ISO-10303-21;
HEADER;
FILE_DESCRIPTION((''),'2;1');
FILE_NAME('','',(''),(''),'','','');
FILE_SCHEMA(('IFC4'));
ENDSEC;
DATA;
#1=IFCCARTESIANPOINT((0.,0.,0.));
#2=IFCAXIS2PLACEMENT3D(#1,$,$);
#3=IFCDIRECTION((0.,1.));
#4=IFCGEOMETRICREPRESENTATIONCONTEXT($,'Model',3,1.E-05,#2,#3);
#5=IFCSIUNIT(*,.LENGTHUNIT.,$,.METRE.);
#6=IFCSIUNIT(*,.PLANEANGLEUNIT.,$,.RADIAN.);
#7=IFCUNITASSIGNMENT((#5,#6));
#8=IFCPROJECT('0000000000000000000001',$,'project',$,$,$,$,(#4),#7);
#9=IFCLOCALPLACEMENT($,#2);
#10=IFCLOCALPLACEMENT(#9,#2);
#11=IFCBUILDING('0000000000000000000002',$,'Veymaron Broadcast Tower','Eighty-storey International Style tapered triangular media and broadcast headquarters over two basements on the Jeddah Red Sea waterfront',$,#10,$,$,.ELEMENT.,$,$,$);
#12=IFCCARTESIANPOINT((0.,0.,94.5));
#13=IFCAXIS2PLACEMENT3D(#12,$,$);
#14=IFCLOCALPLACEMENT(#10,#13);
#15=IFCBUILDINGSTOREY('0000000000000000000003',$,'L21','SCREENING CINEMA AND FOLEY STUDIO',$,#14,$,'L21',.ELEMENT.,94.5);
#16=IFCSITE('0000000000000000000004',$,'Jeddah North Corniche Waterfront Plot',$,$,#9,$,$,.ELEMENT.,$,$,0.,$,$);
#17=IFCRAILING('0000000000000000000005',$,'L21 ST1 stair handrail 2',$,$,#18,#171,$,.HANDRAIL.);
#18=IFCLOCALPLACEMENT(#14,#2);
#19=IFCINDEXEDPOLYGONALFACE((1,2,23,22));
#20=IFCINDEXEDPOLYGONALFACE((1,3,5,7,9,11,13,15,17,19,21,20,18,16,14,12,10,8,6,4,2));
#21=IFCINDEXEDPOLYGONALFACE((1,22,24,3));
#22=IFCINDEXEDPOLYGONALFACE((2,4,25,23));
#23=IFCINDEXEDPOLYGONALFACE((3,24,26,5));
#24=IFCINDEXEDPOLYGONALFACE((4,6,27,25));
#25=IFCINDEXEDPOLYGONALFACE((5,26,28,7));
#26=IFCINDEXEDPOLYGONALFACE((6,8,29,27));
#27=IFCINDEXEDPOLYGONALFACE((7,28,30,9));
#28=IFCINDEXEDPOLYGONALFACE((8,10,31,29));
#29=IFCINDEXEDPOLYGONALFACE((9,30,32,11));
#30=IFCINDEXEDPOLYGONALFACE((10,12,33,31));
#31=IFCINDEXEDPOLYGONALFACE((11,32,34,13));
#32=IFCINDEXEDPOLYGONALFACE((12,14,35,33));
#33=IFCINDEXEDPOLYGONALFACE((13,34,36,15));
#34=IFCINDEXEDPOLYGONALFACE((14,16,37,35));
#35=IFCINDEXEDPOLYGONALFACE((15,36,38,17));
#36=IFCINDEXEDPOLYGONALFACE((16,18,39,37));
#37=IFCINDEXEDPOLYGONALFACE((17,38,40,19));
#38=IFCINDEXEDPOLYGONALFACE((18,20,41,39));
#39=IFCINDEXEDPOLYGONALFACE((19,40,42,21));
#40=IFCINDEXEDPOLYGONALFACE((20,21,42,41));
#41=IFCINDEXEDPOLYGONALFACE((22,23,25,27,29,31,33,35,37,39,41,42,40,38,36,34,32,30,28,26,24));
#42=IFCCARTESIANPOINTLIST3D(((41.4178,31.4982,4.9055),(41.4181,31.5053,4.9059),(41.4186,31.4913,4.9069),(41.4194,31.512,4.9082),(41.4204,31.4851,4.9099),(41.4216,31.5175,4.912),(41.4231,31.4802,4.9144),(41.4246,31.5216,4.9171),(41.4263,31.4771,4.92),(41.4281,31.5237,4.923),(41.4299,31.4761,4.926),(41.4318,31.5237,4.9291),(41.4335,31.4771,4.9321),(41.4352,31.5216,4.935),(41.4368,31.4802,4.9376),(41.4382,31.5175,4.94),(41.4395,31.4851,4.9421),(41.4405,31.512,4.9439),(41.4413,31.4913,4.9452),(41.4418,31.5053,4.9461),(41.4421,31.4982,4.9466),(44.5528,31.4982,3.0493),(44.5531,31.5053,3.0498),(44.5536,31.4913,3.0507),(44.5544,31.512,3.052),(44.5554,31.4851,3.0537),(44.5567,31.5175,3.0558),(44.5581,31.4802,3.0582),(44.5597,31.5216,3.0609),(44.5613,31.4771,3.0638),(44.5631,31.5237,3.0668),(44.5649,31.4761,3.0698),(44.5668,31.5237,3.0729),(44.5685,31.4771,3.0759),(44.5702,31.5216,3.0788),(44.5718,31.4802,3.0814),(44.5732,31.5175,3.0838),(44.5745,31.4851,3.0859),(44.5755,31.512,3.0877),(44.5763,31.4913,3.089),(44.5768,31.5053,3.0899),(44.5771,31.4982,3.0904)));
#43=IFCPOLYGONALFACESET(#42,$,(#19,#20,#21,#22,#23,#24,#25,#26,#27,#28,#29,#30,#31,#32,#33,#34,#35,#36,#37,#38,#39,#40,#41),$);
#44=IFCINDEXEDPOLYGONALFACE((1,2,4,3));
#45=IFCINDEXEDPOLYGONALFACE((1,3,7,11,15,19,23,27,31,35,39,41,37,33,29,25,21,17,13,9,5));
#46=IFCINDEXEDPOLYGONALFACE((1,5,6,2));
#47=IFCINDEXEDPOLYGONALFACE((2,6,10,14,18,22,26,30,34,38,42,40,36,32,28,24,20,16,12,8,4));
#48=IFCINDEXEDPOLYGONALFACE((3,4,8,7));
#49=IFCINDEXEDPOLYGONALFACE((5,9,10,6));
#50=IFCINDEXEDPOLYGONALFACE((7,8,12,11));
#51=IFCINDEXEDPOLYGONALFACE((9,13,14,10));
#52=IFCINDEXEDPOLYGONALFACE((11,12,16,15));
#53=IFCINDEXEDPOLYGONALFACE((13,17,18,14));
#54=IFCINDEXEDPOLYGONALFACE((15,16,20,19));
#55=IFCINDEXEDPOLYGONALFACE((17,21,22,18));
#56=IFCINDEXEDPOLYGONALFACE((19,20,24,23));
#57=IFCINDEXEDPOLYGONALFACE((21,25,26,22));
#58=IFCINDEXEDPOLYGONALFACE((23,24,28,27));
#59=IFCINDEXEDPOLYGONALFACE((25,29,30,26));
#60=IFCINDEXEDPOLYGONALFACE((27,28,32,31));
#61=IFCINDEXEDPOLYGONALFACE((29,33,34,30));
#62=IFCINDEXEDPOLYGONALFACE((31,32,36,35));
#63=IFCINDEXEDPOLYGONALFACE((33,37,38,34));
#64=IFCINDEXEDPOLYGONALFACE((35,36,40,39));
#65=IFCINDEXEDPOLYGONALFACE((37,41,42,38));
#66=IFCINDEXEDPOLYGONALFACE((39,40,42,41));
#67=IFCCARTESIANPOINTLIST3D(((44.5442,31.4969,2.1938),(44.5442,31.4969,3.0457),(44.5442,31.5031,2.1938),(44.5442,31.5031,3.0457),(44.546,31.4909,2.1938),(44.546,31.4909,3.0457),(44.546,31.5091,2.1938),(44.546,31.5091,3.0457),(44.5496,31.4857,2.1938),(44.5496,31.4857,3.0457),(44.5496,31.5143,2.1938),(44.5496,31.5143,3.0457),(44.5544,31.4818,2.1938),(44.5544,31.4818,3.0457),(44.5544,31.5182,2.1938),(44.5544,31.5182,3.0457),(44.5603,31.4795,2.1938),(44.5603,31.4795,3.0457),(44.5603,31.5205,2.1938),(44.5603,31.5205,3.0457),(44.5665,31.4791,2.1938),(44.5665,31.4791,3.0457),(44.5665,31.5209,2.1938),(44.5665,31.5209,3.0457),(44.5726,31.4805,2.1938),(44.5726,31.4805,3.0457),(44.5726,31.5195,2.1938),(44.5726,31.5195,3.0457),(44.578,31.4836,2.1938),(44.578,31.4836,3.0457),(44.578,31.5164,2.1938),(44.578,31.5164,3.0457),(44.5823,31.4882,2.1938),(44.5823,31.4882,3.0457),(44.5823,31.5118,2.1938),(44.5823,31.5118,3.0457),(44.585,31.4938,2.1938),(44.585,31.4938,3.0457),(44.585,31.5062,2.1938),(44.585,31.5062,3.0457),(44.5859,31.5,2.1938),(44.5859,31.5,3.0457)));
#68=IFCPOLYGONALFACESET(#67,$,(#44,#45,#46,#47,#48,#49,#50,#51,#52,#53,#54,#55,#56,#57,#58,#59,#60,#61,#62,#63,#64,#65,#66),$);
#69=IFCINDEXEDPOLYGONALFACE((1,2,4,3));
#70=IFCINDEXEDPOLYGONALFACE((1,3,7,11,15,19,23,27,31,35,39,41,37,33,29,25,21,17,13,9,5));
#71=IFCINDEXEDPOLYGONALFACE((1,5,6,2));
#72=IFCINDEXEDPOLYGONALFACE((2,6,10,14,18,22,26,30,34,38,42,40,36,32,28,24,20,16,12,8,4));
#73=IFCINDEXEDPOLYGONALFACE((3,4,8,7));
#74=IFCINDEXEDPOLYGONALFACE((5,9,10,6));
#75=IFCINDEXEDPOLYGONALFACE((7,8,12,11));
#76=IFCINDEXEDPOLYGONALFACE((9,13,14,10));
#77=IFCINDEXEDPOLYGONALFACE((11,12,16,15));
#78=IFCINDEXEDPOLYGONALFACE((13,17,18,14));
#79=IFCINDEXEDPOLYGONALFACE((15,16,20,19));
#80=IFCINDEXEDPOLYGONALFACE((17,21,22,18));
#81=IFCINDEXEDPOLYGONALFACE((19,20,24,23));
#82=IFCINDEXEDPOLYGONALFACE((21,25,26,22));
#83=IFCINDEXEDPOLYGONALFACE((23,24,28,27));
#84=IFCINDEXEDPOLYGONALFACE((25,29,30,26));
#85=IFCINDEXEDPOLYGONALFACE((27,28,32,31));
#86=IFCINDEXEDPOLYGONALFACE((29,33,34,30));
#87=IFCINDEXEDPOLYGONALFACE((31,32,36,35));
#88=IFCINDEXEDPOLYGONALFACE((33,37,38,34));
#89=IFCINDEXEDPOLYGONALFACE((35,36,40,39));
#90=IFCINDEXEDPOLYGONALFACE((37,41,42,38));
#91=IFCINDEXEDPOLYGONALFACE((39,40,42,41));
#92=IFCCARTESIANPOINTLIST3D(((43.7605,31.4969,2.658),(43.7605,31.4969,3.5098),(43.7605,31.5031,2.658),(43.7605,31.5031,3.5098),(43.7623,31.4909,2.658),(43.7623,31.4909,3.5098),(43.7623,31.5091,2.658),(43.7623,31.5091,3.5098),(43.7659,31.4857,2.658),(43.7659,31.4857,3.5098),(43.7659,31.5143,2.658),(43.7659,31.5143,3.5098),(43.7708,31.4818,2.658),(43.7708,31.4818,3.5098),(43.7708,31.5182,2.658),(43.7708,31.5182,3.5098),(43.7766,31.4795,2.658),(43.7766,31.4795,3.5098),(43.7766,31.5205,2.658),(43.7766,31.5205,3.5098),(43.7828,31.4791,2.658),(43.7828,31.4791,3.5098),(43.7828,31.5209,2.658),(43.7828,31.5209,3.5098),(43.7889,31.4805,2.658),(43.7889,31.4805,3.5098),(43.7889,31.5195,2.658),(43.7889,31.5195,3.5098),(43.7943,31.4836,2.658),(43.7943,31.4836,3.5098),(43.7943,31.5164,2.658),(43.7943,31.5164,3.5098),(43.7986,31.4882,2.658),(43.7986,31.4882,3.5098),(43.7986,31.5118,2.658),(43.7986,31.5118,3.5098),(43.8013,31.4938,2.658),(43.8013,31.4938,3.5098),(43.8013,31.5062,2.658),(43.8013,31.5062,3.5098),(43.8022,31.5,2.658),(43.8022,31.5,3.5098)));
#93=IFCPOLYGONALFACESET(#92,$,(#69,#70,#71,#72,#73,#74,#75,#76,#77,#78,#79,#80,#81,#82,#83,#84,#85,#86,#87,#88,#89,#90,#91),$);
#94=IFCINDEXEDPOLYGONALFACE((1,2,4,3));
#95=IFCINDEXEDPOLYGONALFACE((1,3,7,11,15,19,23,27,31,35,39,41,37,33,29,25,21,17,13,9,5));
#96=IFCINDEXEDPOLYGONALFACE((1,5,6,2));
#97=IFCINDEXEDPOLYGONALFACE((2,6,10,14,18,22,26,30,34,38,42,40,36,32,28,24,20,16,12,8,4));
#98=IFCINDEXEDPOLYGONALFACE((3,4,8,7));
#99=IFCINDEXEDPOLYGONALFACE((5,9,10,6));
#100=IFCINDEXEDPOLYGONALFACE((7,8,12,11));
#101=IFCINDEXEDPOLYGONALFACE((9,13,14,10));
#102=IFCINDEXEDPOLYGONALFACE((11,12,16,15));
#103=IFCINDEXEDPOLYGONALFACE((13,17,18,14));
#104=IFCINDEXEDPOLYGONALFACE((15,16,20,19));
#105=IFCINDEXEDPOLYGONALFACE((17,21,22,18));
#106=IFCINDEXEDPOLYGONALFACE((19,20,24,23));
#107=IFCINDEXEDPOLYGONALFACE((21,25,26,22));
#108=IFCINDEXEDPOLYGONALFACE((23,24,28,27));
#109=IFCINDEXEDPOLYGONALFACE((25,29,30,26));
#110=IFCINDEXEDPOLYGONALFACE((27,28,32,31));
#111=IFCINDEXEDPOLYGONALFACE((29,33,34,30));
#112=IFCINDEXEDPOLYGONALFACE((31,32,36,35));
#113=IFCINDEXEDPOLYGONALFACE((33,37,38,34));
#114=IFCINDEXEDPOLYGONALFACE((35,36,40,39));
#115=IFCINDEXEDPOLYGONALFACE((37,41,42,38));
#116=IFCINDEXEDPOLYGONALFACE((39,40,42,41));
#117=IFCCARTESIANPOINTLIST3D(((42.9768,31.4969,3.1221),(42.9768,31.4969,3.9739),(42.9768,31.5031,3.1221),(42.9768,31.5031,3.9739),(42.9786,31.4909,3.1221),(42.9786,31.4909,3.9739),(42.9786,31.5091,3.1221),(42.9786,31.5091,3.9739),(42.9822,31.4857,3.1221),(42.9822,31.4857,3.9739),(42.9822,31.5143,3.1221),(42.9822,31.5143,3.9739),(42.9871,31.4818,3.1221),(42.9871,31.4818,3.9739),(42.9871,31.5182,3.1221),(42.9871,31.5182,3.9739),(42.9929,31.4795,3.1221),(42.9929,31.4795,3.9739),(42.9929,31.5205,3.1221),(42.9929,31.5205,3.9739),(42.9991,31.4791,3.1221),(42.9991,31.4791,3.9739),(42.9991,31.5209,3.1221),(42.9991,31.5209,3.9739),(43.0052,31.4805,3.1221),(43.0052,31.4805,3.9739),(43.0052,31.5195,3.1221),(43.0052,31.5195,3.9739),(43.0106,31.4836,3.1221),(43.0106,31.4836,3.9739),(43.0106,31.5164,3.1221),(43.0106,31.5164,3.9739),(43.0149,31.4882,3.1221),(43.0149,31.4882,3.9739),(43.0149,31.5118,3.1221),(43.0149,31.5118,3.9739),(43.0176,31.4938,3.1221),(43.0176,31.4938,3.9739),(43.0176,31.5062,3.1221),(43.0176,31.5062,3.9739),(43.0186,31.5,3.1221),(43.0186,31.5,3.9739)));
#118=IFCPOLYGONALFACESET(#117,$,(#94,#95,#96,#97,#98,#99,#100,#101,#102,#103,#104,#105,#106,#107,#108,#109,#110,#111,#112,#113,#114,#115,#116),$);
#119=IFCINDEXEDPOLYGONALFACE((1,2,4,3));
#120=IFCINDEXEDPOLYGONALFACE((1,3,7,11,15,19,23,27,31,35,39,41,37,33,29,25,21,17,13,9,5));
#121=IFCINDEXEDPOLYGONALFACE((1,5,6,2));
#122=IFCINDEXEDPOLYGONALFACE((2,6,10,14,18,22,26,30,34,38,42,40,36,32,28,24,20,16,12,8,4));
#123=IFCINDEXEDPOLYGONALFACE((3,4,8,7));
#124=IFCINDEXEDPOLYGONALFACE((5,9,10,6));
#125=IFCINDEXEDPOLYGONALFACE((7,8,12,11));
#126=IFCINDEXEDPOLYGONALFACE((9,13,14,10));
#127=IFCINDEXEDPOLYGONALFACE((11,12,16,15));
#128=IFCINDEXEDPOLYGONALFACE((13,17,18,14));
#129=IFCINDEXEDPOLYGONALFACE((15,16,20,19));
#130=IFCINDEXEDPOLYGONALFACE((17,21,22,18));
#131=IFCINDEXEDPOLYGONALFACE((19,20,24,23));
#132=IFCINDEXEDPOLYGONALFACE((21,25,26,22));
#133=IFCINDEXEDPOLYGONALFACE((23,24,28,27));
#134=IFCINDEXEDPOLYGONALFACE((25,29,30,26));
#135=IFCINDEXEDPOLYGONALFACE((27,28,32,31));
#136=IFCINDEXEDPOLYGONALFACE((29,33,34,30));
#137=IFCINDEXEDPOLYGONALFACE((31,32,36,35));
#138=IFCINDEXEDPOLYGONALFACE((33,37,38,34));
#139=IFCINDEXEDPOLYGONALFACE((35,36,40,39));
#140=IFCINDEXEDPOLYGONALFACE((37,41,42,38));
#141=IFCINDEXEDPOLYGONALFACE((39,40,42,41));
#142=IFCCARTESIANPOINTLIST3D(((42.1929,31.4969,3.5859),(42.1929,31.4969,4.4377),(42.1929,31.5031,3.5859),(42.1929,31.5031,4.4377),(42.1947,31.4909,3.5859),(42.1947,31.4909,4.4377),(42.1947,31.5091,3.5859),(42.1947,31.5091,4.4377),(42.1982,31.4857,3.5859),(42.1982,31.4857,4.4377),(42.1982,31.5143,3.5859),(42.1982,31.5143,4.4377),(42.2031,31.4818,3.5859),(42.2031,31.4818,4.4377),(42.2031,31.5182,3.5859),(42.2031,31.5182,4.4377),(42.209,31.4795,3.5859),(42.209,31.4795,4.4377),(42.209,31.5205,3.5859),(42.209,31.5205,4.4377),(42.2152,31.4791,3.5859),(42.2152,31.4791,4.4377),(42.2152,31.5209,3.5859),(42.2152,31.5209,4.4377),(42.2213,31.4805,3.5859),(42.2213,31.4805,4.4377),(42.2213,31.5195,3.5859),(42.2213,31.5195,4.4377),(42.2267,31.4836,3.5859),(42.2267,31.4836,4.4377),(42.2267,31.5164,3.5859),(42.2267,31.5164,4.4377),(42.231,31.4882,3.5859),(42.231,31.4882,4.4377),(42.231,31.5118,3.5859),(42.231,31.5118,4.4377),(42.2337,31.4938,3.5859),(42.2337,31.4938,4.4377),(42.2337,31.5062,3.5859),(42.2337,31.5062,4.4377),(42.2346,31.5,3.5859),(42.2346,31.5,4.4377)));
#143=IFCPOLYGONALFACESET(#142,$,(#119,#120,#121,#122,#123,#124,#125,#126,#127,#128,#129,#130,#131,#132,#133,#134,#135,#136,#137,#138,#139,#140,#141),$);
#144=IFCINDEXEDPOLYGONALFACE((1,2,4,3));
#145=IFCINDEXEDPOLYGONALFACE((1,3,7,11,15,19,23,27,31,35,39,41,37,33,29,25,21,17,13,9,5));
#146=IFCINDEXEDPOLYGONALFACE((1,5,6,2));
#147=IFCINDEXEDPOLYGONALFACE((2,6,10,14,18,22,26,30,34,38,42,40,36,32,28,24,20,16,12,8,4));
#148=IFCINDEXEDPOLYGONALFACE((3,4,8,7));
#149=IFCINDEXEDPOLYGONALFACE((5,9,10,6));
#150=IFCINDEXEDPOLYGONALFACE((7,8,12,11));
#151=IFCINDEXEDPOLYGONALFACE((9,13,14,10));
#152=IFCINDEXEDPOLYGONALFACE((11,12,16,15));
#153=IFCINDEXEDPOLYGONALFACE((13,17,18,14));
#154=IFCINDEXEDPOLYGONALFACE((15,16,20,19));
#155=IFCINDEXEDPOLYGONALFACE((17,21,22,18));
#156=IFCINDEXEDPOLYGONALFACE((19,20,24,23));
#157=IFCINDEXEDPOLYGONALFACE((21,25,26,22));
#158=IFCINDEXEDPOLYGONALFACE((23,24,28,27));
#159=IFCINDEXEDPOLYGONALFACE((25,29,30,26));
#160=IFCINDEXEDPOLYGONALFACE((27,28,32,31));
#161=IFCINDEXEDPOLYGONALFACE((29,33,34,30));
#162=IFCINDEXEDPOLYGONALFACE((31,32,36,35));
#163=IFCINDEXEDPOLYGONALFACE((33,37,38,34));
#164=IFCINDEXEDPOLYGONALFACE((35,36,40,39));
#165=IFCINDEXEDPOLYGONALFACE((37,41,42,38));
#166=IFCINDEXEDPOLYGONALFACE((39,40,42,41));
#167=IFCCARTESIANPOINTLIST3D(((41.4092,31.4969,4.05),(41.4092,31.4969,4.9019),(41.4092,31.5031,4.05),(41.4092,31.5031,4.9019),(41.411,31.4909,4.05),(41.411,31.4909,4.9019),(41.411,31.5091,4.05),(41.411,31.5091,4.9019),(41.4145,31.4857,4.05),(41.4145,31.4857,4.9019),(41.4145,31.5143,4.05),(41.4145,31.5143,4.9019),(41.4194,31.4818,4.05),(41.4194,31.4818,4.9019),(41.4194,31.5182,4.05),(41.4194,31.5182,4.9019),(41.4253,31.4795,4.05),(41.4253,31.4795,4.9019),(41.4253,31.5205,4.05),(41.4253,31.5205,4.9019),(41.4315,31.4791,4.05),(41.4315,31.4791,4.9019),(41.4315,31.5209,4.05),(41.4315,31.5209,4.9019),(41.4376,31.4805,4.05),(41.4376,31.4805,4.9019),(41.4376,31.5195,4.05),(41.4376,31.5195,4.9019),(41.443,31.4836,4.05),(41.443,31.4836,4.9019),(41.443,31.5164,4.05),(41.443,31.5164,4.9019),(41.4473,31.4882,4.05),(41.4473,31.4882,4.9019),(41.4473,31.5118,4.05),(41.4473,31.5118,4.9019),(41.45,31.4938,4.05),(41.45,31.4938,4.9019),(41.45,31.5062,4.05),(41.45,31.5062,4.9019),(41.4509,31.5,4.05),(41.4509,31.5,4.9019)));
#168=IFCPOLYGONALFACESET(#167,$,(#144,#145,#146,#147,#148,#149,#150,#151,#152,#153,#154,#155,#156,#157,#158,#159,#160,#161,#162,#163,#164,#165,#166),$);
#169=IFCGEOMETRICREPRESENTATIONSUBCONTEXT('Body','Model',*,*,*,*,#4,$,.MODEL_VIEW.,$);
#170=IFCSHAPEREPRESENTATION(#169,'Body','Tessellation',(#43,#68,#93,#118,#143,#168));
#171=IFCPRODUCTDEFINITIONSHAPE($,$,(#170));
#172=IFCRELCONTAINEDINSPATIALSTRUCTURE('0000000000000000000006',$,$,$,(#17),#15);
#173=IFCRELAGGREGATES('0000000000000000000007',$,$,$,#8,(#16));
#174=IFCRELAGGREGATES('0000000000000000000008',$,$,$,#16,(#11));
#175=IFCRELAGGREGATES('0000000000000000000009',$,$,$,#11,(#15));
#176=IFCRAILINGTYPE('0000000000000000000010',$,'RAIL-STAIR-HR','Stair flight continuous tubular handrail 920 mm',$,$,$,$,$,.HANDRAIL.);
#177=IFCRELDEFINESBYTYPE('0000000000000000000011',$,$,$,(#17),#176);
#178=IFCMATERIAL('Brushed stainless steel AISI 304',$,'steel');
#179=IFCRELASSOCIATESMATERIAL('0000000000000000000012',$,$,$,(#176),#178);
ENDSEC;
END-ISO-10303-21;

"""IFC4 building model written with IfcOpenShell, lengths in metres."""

from ifc_helpers import new_model, si_unit, direction, frame, origin, origin_2d, place, context, subcontext, project, spatial, circle, extrude, material, type_object, element, save


model = new_model("IFC4")

# Units and contexts
model_context = context("Model", 3, precision=1e-05, world=origin(), true_north=direction((0.0, 1.0)))
body_context = subcontext(model_context, "Body", "Model", "MODEL_VIEW")
ifc_project = project(units=[si_unit("LENGTHUNIT", "METRE"), si_unit("PLANEANGLEUNIT", "RADIAN")], contexts=[model_context])

# Site, building, storey
site_placement = place(None, origin())
site = spatial("IfcSite", under=ifc_project, at=site_placement, Name="Jeddah North Corniche Waterfront Plot", CompositionType="ELEMENT", RefElevation=0.0)
building_placement = place(site_placement, origin())
building = spatial("IfcBuilding", under=site, at=building_placement, Name="Veymaron Broadcast Tower", Description="Eighty-storey International Style tapered triangular media and broadcast headquarters over two basements on the Jeddah Red Sea waterfront", CompositionType="ELEMENT")
storey_placement = place(building_placement, frame((0.0, 0.0, 94.5)))
storey = spatial("IfcBuildingStorey", under=building, at=storey_placement, Name="L21", Description="SCREENING CINEMA AND FOLEY STUDIO", LongName="L21", CompositionType="ELEMENT", Elevation=94.5)

# Shared definitions
ifc_material_1 = material(Name="Brushed stainless steel AISI 304", Category="steel")

# Railing
railing_type_1 = type_object("IfcRailingType", Name="RAIL-STAIR-HR", Description="Stair flight continuous tubular handrail 920 mm", PredefinedType="HANDRAIL", material=ifc_material_1)
railing_1_placement = place(storey_placement, frame((44.5649, 31.5, 2.1938)))
element("IfcRailing", 1, at=railing_1_placement, inside=storey, type_object=railing_type_1, Name="L21 ST1 stair handrail 2", PredefinedType="HANDRAIL", context=body_context, shape_type="SweptSolid", body=[
    extrude(circle(Radius=0.0239, at=origin_2d()), frame((0.0, 0.0, 0.876), z_axis=(-0.860482, 0.0, 0.509481), x_axis=(0.0, -1.0, 0.0)), (0.0, 0.0, 1.0), 3.6433),
    extrude(circle(Radius=0.021, at=origin_2d()), origin(), (0.0, 0.0, 1.0), 0.8518),
    extrude(circle(Radius=0.021, at=origin_2d()), frame((-0.7837, 0.0, 0.4641)), (0.0, 0.0, 1.0), 0.8518),
    extrude(circle(Radius=0.021, at=origin_2d()), frame((-1.5674, 0.0, 0.9282)), (0.0, 0.0, 1.0), 0.8518),
    extrude(circle(Radius=0.021, at=origin_2d()), frame((-2.3513, 0.0, 1.3921)), (0.0, 0.0, 1.0), 0.8518),
    extrude(circle(Radius=0.021, at=origin_2d()), frame((-3.135, 0.0, 1.8562)), (0.0, 0.0, 1.0), 0.8518),
])

save(model, "model.ifc")
